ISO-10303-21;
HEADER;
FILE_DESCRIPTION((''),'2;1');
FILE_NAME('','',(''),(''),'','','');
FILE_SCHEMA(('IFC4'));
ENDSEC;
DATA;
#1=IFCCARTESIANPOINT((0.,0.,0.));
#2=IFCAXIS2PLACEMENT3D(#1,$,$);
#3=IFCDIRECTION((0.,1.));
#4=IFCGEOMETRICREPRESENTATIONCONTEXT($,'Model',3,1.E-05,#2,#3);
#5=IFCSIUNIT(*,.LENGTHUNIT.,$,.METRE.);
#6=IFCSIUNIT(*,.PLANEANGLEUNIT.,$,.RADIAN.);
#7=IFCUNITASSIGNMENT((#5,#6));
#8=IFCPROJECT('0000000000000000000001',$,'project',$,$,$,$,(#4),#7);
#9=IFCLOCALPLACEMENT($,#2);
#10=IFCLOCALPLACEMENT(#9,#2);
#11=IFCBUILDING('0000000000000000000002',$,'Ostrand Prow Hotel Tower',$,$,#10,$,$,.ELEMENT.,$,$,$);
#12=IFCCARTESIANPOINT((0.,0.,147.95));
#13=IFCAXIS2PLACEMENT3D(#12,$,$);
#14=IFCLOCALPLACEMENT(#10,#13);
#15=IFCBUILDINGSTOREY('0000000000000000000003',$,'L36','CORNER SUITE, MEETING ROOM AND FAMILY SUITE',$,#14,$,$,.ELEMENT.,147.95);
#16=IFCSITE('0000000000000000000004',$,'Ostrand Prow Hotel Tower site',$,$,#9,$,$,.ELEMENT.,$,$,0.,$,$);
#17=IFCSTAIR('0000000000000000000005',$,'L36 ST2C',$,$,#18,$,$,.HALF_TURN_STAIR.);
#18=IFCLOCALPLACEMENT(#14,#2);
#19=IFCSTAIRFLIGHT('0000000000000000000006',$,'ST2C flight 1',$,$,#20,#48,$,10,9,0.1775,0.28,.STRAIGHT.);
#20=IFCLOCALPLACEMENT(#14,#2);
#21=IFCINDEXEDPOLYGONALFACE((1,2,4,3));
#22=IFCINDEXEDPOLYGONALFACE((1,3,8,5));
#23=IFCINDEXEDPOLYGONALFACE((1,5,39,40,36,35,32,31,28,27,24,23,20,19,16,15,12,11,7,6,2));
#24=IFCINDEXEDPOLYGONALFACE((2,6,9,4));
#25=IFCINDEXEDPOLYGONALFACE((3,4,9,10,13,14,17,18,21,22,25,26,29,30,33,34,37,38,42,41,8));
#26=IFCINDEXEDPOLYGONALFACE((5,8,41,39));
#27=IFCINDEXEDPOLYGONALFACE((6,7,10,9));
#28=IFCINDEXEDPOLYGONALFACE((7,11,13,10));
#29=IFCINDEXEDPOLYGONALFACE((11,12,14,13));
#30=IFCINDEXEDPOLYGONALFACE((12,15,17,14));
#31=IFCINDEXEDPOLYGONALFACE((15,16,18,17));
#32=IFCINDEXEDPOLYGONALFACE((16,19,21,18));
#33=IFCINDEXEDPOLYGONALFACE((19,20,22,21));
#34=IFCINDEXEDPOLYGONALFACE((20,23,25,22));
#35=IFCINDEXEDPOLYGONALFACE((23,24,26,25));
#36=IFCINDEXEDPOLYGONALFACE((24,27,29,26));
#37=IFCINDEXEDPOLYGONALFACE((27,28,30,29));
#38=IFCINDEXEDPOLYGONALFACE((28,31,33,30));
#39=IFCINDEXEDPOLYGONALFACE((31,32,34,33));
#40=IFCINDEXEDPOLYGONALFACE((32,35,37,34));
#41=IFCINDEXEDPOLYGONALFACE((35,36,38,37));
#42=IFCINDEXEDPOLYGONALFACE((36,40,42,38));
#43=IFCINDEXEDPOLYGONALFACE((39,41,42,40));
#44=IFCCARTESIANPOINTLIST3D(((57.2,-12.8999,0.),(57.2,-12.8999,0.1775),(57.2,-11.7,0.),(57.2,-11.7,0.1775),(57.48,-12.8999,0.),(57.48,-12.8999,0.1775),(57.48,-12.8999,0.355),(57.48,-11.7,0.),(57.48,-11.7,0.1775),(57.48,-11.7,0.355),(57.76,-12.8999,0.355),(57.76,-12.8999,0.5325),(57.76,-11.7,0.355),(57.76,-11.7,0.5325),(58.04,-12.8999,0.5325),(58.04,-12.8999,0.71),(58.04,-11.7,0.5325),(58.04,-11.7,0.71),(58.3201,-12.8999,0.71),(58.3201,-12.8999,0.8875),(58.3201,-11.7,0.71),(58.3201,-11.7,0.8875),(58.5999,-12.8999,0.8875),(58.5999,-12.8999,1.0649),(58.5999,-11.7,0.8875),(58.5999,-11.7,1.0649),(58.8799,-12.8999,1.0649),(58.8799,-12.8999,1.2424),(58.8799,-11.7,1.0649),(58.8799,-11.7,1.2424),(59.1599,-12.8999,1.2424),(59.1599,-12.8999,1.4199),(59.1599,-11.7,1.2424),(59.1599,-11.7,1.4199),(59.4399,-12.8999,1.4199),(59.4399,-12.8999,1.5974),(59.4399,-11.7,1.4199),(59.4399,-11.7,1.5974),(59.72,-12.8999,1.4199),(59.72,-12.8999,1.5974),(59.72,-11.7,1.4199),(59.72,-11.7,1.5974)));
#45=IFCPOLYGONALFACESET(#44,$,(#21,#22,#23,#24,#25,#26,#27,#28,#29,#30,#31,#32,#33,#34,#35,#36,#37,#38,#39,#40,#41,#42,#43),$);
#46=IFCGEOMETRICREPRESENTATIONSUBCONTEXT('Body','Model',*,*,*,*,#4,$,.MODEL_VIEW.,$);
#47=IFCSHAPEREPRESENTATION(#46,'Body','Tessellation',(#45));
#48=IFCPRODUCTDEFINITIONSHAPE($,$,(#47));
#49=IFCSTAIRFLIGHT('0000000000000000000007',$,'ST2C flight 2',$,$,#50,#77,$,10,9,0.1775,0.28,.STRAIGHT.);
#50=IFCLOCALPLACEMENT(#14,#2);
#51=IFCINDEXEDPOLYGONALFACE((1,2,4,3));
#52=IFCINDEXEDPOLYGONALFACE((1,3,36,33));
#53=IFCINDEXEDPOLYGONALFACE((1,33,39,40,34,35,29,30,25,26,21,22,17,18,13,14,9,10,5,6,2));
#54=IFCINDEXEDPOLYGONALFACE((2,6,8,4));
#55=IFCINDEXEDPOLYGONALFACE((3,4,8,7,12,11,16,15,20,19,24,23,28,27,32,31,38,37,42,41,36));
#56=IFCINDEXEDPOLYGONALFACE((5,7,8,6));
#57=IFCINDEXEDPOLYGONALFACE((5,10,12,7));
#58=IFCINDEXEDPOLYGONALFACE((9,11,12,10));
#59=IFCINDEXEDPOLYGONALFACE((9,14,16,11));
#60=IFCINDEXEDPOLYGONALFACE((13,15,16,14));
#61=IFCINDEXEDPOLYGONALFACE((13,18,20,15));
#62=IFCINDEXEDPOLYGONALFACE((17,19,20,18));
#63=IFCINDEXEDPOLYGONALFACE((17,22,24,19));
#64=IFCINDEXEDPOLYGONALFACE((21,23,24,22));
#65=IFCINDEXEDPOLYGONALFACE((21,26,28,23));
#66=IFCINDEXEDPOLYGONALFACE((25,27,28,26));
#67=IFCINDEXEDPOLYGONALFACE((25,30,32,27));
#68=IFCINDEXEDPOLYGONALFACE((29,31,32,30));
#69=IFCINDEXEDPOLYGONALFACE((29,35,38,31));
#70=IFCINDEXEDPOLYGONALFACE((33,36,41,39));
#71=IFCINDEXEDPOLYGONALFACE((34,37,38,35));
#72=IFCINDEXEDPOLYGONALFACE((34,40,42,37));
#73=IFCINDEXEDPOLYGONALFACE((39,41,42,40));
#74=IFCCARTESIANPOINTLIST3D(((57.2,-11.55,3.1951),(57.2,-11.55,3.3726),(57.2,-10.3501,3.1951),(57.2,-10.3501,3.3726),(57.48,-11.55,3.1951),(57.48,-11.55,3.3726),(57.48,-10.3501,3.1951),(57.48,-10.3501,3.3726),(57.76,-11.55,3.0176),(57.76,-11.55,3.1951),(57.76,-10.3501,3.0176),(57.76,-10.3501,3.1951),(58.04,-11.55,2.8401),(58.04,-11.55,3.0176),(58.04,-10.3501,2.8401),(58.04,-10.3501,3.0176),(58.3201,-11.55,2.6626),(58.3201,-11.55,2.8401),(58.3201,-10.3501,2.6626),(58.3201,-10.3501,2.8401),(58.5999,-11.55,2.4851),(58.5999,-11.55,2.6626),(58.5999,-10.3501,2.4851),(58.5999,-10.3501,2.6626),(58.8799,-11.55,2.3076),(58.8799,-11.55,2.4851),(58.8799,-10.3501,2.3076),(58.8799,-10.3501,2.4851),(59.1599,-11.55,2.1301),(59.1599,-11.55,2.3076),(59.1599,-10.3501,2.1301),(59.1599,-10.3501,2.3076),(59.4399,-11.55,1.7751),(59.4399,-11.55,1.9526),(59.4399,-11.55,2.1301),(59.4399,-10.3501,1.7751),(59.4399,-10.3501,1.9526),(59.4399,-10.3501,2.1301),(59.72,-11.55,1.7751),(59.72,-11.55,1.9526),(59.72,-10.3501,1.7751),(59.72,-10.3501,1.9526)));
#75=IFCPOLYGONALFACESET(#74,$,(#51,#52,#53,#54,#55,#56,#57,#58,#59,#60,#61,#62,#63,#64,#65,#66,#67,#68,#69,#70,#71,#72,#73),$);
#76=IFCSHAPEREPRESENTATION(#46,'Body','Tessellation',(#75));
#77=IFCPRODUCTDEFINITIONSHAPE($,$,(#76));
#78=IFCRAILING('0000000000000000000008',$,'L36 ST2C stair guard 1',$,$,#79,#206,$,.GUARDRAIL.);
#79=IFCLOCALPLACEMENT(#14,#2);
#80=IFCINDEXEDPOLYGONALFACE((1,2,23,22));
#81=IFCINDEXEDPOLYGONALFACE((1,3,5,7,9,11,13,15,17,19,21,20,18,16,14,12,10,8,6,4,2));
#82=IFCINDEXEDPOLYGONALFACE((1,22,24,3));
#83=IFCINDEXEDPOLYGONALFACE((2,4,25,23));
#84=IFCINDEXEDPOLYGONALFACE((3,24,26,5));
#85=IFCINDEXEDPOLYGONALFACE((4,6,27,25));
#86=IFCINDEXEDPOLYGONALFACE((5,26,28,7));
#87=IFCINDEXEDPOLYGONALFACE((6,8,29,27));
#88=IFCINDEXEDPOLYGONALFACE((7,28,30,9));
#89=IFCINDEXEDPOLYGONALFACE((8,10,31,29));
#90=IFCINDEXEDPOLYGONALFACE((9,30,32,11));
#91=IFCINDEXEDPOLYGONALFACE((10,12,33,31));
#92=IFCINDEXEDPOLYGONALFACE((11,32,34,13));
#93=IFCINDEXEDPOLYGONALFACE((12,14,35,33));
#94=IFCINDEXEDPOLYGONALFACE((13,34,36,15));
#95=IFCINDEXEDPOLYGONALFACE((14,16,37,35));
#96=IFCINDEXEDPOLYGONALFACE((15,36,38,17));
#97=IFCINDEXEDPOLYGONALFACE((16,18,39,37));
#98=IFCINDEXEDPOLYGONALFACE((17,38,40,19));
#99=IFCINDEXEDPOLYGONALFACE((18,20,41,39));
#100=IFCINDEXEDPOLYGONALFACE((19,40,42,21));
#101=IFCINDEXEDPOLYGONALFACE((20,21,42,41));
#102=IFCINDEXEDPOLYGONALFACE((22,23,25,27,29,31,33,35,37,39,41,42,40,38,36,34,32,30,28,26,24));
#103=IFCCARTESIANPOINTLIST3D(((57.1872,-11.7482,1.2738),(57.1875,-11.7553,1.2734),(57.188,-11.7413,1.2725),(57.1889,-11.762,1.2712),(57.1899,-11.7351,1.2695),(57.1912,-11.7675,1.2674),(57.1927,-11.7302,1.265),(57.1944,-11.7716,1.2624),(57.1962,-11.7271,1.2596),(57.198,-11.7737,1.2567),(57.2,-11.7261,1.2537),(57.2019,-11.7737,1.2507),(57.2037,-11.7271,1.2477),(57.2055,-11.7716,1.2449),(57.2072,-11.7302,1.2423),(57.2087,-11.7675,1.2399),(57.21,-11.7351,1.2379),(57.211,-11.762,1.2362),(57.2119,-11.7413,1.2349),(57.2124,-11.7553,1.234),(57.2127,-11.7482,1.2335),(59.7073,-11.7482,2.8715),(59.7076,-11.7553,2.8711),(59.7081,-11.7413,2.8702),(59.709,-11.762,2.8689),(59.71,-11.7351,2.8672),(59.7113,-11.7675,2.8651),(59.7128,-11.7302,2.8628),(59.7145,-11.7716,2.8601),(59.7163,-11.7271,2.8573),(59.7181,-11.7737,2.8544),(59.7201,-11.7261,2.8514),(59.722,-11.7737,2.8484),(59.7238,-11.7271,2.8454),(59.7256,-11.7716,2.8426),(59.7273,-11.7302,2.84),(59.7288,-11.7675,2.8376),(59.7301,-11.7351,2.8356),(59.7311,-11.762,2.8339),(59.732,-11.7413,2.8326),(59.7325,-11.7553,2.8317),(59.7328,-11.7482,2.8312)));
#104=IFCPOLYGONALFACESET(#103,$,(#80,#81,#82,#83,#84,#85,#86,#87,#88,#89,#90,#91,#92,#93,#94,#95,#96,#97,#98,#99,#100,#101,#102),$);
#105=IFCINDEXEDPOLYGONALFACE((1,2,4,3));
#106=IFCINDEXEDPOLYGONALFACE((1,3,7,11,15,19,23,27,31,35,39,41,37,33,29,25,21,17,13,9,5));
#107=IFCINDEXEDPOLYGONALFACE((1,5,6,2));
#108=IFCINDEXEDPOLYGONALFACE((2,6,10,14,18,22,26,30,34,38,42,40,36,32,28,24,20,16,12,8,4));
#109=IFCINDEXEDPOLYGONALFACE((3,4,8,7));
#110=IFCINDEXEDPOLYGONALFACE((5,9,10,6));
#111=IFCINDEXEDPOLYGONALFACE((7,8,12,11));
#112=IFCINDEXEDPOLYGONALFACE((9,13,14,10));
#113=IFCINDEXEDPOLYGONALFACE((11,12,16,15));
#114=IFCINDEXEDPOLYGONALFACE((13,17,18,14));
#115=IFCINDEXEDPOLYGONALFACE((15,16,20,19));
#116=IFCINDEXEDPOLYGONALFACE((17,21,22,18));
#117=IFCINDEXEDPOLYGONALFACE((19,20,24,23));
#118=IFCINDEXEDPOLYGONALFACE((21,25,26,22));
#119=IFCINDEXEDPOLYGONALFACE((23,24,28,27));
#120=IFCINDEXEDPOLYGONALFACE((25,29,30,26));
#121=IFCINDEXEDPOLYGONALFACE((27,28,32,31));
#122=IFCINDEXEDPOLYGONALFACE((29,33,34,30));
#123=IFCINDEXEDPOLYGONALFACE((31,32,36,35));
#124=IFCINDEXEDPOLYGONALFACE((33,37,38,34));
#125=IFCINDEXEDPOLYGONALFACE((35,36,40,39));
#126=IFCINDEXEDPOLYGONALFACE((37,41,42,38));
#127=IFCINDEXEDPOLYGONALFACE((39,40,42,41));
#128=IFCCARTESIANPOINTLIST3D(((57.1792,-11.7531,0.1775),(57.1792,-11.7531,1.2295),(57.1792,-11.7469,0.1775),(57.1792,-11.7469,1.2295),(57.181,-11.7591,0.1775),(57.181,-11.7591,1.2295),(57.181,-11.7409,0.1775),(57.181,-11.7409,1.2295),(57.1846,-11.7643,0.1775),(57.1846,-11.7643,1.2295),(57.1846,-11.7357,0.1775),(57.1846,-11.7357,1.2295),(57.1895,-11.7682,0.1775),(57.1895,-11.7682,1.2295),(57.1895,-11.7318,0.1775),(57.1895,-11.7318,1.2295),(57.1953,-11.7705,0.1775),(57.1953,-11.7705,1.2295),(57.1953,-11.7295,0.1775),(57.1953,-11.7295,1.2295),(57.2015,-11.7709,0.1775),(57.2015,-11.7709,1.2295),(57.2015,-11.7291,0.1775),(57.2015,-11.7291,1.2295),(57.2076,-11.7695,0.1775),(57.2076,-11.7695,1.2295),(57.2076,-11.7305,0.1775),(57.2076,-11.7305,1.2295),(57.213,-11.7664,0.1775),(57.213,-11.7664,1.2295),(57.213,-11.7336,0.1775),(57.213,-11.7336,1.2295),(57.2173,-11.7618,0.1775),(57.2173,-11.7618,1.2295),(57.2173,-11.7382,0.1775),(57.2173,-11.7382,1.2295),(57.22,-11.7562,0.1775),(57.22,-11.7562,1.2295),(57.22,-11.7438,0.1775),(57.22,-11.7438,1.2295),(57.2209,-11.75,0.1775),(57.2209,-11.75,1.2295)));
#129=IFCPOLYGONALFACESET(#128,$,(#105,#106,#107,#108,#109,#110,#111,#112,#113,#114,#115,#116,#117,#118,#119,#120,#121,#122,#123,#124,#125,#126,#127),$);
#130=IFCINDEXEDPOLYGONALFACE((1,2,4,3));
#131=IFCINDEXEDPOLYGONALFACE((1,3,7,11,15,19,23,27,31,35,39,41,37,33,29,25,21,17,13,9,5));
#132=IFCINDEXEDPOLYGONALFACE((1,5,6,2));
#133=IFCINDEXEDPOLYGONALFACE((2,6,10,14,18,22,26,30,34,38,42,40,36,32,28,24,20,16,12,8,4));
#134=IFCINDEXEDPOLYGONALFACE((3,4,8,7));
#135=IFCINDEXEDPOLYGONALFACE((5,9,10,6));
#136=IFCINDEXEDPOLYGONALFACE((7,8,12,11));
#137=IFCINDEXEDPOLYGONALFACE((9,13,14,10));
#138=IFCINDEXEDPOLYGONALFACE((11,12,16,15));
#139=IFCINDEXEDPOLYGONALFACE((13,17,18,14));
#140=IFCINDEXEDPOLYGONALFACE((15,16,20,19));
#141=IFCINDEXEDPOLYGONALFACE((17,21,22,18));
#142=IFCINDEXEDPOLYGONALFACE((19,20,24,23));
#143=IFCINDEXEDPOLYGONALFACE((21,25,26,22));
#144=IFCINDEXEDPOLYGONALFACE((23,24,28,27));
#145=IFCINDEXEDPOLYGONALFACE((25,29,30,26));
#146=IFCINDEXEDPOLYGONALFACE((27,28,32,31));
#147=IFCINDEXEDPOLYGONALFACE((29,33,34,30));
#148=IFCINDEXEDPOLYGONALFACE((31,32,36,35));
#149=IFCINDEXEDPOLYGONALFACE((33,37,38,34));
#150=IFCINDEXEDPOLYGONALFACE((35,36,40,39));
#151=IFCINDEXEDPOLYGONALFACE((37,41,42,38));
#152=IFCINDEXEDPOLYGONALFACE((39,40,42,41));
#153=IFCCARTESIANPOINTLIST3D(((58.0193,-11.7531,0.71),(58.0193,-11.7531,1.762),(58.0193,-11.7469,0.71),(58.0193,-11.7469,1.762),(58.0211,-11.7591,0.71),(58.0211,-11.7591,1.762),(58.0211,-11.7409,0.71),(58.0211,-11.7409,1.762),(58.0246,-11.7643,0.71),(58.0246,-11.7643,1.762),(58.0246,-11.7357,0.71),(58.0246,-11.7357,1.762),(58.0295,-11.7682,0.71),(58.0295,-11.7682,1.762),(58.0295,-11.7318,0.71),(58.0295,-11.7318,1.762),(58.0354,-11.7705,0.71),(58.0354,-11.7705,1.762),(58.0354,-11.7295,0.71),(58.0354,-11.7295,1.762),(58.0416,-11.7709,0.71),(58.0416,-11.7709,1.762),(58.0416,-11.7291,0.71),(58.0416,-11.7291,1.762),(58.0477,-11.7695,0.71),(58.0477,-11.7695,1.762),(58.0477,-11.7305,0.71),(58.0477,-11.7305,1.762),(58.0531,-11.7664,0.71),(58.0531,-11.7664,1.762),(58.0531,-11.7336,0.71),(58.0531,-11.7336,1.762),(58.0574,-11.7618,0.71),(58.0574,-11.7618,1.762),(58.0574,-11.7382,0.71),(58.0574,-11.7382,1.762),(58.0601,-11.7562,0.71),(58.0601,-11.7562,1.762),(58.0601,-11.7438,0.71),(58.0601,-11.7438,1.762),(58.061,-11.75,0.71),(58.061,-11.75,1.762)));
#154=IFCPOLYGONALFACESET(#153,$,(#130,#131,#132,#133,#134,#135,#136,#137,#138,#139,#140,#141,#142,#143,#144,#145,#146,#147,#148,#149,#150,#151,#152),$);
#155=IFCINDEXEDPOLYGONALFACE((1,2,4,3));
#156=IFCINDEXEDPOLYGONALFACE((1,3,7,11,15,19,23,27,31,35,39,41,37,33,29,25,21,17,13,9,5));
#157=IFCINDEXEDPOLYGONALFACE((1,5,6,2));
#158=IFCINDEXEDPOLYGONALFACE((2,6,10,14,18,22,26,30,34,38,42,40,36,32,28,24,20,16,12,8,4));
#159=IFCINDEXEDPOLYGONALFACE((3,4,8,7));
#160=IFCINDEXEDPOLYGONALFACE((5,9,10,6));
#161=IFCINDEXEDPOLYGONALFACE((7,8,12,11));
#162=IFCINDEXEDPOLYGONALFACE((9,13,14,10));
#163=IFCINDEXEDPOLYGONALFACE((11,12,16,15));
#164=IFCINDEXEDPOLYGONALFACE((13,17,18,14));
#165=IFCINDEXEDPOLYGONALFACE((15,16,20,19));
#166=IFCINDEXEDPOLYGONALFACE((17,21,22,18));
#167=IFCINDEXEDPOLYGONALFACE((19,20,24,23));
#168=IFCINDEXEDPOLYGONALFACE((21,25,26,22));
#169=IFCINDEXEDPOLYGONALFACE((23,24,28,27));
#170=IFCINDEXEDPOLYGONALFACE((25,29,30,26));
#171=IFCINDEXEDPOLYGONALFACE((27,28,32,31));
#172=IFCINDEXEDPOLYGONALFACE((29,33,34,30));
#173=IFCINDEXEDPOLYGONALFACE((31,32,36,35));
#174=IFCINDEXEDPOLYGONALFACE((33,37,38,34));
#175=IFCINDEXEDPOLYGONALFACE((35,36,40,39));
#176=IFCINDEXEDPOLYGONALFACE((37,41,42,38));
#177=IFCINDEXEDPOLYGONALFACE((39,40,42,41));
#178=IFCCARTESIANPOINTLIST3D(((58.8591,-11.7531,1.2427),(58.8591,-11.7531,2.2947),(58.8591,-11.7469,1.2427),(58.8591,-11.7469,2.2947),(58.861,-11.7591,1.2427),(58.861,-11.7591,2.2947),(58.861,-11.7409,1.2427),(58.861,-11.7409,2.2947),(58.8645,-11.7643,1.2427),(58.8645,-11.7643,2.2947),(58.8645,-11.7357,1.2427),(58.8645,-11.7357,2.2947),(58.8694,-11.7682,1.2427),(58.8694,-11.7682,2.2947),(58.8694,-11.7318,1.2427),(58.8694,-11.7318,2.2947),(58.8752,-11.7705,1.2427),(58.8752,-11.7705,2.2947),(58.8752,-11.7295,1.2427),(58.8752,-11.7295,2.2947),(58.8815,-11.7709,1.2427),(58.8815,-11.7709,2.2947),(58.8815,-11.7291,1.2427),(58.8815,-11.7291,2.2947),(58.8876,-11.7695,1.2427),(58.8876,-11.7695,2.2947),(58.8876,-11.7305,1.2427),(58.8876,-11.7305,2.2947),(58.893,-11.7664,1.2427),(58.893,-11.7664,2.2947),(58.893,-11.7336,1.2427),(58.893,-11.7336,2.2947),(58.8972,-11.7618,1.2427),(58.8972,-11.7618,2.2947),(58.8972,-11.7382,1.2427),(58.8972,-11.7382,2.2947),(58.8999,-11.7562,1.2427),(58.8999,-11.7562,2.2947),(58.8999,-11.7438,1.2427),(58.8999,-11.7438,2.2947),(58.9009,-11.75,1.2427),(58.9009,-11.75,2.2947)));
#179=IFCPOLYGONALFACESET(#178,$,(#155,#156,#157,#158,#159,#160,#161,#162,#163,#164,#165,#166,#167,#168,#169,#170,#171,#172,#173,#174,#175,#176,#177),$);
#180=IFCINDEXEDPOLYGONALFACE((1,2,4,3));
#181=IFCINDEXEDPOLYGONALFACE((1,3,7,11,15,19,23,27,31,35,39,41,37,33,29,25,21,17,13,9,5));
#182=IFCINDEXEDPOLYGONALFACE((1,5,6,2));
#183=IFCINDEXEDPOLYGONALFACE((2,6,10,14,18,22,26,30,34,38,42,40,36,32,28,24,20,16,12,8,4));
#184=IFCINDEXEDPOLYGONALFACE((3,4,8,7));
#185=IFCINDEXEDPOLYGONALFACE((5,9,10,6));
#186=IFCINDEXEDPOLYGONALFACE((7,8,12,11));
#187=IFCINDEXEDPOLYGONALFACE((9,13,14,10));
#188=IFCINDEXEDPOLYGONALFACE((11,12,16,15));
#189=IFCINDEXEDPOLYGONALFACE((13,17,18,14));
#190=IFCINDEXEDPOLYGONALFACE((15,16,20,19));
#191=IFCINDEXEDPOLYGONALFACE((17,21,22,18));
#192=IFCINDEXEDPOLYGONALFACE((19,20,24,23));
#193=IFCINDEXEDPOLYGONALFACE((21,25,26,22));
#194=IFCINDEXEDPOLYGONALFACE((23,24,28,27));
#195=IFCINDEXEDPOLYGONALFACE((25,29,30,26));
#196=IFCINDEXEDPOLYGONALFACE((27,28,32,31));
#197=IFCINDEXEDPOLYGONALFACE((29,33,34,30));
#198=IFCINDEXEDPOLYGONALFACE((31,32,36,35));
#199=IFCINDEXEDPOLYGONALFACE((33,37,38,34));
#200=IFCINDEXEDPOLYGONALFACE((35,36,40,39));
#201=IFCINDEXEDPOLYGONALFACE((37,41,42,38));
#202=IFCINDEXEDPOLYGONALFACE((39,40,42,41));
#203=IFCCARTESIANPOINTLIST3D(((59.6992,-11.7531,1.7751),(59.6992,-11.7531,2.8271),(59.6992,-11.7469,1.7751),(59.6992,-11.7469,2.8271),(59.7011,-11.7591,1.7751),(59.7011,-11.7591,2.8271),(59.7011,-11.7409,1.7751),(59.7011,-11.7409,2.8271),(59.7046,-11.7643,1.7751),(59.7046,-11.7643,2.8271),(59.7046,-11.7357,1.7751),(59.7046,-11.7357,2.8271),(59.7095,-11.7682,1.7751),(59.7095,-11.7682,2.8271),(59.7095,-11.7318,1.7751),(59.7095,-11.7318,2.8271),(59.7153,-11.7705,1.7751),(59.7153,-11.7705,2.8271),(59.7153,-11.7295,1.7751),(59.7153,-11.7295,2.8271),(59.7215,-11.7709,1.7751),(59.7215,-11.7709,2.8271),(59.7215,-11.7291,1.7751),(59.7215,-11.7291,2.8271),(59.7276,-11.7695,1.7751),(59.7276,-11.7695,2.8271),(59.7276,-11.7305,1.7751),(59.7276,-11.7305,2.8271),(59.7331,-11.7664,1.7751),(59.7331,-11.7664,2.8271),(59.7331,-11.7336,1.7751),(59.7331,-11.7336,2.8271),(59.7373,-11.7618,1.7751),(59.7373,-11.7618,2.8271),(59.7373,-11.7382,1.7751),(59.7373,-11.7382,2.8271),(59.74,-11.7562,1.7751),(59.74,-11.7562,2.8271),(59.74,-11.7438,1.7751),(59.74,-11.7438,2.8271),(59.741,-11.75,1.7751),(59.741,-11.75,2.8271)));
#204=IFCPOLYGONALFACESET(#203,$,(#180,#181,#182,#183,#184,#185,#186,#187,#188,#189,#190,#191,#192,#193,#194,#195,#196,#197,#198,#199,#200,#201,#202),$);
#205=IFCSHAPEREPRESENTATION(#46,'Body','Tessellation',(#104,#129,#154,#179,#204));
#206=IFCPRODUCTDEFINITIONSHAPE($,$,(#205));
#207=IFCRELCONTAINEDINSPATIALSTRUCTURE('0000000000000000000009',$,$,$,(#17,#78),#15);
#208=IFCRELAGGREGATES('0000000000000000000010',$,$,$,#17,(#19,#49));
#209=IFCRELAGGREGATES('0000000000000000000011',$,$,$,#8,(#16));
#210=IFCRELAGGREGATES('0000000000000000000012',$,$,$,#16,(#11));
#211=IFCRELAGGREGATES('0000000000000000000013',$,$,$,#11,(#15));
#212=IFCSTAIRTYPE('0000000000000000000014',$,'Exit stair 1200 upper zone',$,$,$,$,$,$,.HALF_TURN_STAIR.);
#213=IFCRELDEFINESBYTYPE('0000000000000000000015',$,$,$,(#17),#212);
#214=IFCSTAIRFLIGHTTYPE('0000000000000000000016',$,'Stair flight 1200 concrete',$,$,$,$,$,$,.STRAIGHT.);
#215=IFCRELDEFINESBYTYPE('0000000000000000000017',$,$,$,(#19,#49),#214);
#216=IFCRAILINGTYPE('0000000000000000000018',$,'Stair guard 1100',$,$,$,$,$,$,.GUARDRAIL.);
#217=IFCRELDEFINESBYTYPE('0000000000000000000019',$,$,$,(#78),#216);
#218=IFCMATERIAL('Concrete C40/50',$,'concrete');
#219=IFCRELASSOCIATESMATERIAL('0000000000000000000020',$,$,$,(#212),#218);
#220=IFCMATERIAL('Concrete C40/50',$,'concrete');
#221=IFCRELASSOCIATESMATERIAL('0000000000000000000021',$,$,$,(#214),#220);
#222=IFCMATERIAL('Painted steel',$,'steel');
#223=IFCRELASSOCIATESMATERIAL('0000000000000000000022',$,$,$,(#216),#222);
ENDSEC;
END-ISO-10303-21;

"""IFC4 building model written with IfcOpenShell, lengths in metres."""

from ifc_helpers import new_model, si_unit, direction, frame, origin, origin_2d, place, context, subcontext, project, spatial, polyline, circle, outline, extrude, material, type_object, element, aggregate, save


model = new_model("IFC4")

# Units and contexts
model_context = context("Model", 3, precision=1e-05, world=origin(), true_north=direction((0.0, 1.0)))
body_context = subcontext(model_context, "Body", "Model", "MODEL_VIEW")
ifc_project = project(units=[si_unit("LENGTHUNIT", "METRE"), si_unit("PLANEANGLEUNIT", "RADIAN")], contexts=[model_context])

# Site, building, storey
site_placement = place(None, origin())
site = spatial("IfcSite", under=ifc_project, at=site_placement, Name="Ostrand Prow Hotel Tower site", CompositionType="ELEMENT", RefElevation=0.0)
building_placement = place(site_placement, origin())
building = spatial("IfcBuilding", under=site, at=building_placement, Name="Ostrand Prow Hotel Tower", CompositionType="ELEMENT")
storey_placement = place(building_placement, frame((0.0, 0.0, 147.95)))
storey = spatial("IfcBuildingStorey", under=building, at=storey_placement, Name="L36", Description="CORNER SUITE, MEETING ROOM AND FAMILY SUITE", CompositionType="ELEMENT", Elevation=147.95)

# Stair, stair flights
ifc_material_1 = material(Name="Concrete C40/50", Category="concrete")
stair_type = type_object("IfcStairType", Name="Exit stair 1200 upper zone", PredefinedType="HALF_TURN_STAIR", material=ifc_material_1)
stair_placement = place(storey_placement, origin())
stair = element("IfcStair", 1, at=stair_placement, inside=storey, type_object=stair_type, Name="L36 ST2C", PredefinedType="HALF_TURN_STAIR")
ifc_material_2 = material(Name="Concrete C40/50", Category="concrete")
stair_flight_type = type_object("IfcStairFlightType", Name="Stair flight 1200 concrete", PredefinedType="STRAIGHT", material=ifc_material_2)
stair_flight_1_placement = place(storey_placement, frame((57.2, -12.3, 0.0), z_axis=(0.0, 0.0, 1.0), x_axis=(1.0, 0.0, 0.0)))
stair_flight_1 = element("IfcStairFlight", 2, at=stair_flight_1_placement, type_object=stair_flight_type, Name="ST2C flight 1", NumberOfRisers=10, NumberOfTreads=9, PredefinedType="STRAIGHT", RiserHeight=0.1775, TreadLength=0.28, context=body_context, shape_type="SweptSolid", body=[
    extrude(outline(polyline([(0.0, 0.0), (0.0, 0.1775), (0.28, 0.1775), (0.28, 0.355), (0.5601, 0.355), (0.5601, 0.5325), (0.8401, 0.5325), (0.8401, 0.71), (1.1201, 0.71), (1.1201, 0.8875), (1.3999, 0.8875), (1.3999, 1.0649), (1.6799, 1.0649), (1.6799, 1.2424), (1.96, 1.2424), (1.96, 1.4199), (2.24, 1.4199), (2.24, 1.5974), (2.52, 1.5974), (2.52, 1.7749), (2.52, 1.4199), (0.28, 0.0), (0.0, 0.0)])), frame((0.0, 0.6001, 0.0), z_axis=(0.0, -1.0, 0.0), x_axis=(1.0, 0.0, 0.0)), (0.0, 0.0, 1.0), 1.2),
])
stair_flight_2_placement = place(storey_placement, frame((59.72, -10.95, 1.7751), z_axis=(0.0, 0.0, 1.0), x_axis=(-1.0, 0.0, 0.0)))
stair_flight_2 = element("IfcStairFlight", 3, at=stair_flight_2_placement, type_object=stair_flight_type, Name="ST2C flight 2", NumberOfRisers=10, NumberOfTreads=9, PredefinedType="STRAIGHT", RiserHeight=0.1775, TreadLength=0.28, context=body_context, shape_type="SweptSolid", body=[
    extrude(outline(polyline([(0.0, 0.0), (0.0, 0.1775), (0.28, 0.1775), (0.28, 0.355), (0.5601, 0.355), (0.5601, 0.5325), (0.8401, 0.5325), (0.8401, 0.71), (1.1201, 0.71), (1.1201, 0.8875), (1.3999, 0.8875), (1.3999, 1.0649), (1.6799, 1.0649), (1.6799, 1.2424), (1.96, 1.2424), (1.96, 1.4199), (2.24, 1.4199), (2.24, 1.5974), (2.52, 1.5974), (2.52, 1.7749), (2.52, 1.4199), (0.28, 0.0), (0.0, 0.0)])), frame((0.0, 0.6001, 0.0), z_axis=(0.0, -1.0, 0.0), x_axis=(1.0, 0.0, 0.0)), (0.0, 0.0, 1.0), 1.2),
])
aggregate(stair, [stair_flight_1, stair_flight_2])

# Railing
ifc_material_3 = material(Name="Painted steel", Category="steel")
railing_type_1 = type_object("IfcRailingType", Name="Stair guard 1100", PredefinedType="GUARDRAIL", material=ifc_material_3)
railing_1_placement = place(storey_placement, frame((57.2, -11.75, 0.1775)))
element("IfcRailing", 4, at=railing_1_placement, inside=storey, type_object=railing_type_1, Name="L36 ST2C stair guard 1", PredefinedType="GUARDRAIL", context=body_context, shape_type="SweptSolid", body=[
    extrude(circle(Radius=0.0239, at=origin_2d()), frame((0.0, 0.0, 1.0762), z_axis=(0.84457, 0.0, 0.535445), x_axis=(0.0, 1.0, 0.0)), (0.0, 0.0, 1.0), 2.9839),
    extrude(circle(Radius=0.021, at=origin_2d()), origin(), (0.0, 0.0, 1.0), 1.052),
    extrude(circle(Radius=0.021, at=origin_2d()), frame((0.8401, 0.0, 0.5325)), (0.0, 0.0, 1.0), 1.052),
    extrude(circle(Radius=0.021, at=origin_2d()), frame((1.6799, 0.0, 1.0652)), (0.0, 0.0, 1.0), 1.052),
    extrude(circle(Radius=0.021, at=origin_2d()), frame((2.52, 0.0, 1.5977)), (0.0, 0.0, 1.0), 1.052),
])

save(model, "model.ifc")
